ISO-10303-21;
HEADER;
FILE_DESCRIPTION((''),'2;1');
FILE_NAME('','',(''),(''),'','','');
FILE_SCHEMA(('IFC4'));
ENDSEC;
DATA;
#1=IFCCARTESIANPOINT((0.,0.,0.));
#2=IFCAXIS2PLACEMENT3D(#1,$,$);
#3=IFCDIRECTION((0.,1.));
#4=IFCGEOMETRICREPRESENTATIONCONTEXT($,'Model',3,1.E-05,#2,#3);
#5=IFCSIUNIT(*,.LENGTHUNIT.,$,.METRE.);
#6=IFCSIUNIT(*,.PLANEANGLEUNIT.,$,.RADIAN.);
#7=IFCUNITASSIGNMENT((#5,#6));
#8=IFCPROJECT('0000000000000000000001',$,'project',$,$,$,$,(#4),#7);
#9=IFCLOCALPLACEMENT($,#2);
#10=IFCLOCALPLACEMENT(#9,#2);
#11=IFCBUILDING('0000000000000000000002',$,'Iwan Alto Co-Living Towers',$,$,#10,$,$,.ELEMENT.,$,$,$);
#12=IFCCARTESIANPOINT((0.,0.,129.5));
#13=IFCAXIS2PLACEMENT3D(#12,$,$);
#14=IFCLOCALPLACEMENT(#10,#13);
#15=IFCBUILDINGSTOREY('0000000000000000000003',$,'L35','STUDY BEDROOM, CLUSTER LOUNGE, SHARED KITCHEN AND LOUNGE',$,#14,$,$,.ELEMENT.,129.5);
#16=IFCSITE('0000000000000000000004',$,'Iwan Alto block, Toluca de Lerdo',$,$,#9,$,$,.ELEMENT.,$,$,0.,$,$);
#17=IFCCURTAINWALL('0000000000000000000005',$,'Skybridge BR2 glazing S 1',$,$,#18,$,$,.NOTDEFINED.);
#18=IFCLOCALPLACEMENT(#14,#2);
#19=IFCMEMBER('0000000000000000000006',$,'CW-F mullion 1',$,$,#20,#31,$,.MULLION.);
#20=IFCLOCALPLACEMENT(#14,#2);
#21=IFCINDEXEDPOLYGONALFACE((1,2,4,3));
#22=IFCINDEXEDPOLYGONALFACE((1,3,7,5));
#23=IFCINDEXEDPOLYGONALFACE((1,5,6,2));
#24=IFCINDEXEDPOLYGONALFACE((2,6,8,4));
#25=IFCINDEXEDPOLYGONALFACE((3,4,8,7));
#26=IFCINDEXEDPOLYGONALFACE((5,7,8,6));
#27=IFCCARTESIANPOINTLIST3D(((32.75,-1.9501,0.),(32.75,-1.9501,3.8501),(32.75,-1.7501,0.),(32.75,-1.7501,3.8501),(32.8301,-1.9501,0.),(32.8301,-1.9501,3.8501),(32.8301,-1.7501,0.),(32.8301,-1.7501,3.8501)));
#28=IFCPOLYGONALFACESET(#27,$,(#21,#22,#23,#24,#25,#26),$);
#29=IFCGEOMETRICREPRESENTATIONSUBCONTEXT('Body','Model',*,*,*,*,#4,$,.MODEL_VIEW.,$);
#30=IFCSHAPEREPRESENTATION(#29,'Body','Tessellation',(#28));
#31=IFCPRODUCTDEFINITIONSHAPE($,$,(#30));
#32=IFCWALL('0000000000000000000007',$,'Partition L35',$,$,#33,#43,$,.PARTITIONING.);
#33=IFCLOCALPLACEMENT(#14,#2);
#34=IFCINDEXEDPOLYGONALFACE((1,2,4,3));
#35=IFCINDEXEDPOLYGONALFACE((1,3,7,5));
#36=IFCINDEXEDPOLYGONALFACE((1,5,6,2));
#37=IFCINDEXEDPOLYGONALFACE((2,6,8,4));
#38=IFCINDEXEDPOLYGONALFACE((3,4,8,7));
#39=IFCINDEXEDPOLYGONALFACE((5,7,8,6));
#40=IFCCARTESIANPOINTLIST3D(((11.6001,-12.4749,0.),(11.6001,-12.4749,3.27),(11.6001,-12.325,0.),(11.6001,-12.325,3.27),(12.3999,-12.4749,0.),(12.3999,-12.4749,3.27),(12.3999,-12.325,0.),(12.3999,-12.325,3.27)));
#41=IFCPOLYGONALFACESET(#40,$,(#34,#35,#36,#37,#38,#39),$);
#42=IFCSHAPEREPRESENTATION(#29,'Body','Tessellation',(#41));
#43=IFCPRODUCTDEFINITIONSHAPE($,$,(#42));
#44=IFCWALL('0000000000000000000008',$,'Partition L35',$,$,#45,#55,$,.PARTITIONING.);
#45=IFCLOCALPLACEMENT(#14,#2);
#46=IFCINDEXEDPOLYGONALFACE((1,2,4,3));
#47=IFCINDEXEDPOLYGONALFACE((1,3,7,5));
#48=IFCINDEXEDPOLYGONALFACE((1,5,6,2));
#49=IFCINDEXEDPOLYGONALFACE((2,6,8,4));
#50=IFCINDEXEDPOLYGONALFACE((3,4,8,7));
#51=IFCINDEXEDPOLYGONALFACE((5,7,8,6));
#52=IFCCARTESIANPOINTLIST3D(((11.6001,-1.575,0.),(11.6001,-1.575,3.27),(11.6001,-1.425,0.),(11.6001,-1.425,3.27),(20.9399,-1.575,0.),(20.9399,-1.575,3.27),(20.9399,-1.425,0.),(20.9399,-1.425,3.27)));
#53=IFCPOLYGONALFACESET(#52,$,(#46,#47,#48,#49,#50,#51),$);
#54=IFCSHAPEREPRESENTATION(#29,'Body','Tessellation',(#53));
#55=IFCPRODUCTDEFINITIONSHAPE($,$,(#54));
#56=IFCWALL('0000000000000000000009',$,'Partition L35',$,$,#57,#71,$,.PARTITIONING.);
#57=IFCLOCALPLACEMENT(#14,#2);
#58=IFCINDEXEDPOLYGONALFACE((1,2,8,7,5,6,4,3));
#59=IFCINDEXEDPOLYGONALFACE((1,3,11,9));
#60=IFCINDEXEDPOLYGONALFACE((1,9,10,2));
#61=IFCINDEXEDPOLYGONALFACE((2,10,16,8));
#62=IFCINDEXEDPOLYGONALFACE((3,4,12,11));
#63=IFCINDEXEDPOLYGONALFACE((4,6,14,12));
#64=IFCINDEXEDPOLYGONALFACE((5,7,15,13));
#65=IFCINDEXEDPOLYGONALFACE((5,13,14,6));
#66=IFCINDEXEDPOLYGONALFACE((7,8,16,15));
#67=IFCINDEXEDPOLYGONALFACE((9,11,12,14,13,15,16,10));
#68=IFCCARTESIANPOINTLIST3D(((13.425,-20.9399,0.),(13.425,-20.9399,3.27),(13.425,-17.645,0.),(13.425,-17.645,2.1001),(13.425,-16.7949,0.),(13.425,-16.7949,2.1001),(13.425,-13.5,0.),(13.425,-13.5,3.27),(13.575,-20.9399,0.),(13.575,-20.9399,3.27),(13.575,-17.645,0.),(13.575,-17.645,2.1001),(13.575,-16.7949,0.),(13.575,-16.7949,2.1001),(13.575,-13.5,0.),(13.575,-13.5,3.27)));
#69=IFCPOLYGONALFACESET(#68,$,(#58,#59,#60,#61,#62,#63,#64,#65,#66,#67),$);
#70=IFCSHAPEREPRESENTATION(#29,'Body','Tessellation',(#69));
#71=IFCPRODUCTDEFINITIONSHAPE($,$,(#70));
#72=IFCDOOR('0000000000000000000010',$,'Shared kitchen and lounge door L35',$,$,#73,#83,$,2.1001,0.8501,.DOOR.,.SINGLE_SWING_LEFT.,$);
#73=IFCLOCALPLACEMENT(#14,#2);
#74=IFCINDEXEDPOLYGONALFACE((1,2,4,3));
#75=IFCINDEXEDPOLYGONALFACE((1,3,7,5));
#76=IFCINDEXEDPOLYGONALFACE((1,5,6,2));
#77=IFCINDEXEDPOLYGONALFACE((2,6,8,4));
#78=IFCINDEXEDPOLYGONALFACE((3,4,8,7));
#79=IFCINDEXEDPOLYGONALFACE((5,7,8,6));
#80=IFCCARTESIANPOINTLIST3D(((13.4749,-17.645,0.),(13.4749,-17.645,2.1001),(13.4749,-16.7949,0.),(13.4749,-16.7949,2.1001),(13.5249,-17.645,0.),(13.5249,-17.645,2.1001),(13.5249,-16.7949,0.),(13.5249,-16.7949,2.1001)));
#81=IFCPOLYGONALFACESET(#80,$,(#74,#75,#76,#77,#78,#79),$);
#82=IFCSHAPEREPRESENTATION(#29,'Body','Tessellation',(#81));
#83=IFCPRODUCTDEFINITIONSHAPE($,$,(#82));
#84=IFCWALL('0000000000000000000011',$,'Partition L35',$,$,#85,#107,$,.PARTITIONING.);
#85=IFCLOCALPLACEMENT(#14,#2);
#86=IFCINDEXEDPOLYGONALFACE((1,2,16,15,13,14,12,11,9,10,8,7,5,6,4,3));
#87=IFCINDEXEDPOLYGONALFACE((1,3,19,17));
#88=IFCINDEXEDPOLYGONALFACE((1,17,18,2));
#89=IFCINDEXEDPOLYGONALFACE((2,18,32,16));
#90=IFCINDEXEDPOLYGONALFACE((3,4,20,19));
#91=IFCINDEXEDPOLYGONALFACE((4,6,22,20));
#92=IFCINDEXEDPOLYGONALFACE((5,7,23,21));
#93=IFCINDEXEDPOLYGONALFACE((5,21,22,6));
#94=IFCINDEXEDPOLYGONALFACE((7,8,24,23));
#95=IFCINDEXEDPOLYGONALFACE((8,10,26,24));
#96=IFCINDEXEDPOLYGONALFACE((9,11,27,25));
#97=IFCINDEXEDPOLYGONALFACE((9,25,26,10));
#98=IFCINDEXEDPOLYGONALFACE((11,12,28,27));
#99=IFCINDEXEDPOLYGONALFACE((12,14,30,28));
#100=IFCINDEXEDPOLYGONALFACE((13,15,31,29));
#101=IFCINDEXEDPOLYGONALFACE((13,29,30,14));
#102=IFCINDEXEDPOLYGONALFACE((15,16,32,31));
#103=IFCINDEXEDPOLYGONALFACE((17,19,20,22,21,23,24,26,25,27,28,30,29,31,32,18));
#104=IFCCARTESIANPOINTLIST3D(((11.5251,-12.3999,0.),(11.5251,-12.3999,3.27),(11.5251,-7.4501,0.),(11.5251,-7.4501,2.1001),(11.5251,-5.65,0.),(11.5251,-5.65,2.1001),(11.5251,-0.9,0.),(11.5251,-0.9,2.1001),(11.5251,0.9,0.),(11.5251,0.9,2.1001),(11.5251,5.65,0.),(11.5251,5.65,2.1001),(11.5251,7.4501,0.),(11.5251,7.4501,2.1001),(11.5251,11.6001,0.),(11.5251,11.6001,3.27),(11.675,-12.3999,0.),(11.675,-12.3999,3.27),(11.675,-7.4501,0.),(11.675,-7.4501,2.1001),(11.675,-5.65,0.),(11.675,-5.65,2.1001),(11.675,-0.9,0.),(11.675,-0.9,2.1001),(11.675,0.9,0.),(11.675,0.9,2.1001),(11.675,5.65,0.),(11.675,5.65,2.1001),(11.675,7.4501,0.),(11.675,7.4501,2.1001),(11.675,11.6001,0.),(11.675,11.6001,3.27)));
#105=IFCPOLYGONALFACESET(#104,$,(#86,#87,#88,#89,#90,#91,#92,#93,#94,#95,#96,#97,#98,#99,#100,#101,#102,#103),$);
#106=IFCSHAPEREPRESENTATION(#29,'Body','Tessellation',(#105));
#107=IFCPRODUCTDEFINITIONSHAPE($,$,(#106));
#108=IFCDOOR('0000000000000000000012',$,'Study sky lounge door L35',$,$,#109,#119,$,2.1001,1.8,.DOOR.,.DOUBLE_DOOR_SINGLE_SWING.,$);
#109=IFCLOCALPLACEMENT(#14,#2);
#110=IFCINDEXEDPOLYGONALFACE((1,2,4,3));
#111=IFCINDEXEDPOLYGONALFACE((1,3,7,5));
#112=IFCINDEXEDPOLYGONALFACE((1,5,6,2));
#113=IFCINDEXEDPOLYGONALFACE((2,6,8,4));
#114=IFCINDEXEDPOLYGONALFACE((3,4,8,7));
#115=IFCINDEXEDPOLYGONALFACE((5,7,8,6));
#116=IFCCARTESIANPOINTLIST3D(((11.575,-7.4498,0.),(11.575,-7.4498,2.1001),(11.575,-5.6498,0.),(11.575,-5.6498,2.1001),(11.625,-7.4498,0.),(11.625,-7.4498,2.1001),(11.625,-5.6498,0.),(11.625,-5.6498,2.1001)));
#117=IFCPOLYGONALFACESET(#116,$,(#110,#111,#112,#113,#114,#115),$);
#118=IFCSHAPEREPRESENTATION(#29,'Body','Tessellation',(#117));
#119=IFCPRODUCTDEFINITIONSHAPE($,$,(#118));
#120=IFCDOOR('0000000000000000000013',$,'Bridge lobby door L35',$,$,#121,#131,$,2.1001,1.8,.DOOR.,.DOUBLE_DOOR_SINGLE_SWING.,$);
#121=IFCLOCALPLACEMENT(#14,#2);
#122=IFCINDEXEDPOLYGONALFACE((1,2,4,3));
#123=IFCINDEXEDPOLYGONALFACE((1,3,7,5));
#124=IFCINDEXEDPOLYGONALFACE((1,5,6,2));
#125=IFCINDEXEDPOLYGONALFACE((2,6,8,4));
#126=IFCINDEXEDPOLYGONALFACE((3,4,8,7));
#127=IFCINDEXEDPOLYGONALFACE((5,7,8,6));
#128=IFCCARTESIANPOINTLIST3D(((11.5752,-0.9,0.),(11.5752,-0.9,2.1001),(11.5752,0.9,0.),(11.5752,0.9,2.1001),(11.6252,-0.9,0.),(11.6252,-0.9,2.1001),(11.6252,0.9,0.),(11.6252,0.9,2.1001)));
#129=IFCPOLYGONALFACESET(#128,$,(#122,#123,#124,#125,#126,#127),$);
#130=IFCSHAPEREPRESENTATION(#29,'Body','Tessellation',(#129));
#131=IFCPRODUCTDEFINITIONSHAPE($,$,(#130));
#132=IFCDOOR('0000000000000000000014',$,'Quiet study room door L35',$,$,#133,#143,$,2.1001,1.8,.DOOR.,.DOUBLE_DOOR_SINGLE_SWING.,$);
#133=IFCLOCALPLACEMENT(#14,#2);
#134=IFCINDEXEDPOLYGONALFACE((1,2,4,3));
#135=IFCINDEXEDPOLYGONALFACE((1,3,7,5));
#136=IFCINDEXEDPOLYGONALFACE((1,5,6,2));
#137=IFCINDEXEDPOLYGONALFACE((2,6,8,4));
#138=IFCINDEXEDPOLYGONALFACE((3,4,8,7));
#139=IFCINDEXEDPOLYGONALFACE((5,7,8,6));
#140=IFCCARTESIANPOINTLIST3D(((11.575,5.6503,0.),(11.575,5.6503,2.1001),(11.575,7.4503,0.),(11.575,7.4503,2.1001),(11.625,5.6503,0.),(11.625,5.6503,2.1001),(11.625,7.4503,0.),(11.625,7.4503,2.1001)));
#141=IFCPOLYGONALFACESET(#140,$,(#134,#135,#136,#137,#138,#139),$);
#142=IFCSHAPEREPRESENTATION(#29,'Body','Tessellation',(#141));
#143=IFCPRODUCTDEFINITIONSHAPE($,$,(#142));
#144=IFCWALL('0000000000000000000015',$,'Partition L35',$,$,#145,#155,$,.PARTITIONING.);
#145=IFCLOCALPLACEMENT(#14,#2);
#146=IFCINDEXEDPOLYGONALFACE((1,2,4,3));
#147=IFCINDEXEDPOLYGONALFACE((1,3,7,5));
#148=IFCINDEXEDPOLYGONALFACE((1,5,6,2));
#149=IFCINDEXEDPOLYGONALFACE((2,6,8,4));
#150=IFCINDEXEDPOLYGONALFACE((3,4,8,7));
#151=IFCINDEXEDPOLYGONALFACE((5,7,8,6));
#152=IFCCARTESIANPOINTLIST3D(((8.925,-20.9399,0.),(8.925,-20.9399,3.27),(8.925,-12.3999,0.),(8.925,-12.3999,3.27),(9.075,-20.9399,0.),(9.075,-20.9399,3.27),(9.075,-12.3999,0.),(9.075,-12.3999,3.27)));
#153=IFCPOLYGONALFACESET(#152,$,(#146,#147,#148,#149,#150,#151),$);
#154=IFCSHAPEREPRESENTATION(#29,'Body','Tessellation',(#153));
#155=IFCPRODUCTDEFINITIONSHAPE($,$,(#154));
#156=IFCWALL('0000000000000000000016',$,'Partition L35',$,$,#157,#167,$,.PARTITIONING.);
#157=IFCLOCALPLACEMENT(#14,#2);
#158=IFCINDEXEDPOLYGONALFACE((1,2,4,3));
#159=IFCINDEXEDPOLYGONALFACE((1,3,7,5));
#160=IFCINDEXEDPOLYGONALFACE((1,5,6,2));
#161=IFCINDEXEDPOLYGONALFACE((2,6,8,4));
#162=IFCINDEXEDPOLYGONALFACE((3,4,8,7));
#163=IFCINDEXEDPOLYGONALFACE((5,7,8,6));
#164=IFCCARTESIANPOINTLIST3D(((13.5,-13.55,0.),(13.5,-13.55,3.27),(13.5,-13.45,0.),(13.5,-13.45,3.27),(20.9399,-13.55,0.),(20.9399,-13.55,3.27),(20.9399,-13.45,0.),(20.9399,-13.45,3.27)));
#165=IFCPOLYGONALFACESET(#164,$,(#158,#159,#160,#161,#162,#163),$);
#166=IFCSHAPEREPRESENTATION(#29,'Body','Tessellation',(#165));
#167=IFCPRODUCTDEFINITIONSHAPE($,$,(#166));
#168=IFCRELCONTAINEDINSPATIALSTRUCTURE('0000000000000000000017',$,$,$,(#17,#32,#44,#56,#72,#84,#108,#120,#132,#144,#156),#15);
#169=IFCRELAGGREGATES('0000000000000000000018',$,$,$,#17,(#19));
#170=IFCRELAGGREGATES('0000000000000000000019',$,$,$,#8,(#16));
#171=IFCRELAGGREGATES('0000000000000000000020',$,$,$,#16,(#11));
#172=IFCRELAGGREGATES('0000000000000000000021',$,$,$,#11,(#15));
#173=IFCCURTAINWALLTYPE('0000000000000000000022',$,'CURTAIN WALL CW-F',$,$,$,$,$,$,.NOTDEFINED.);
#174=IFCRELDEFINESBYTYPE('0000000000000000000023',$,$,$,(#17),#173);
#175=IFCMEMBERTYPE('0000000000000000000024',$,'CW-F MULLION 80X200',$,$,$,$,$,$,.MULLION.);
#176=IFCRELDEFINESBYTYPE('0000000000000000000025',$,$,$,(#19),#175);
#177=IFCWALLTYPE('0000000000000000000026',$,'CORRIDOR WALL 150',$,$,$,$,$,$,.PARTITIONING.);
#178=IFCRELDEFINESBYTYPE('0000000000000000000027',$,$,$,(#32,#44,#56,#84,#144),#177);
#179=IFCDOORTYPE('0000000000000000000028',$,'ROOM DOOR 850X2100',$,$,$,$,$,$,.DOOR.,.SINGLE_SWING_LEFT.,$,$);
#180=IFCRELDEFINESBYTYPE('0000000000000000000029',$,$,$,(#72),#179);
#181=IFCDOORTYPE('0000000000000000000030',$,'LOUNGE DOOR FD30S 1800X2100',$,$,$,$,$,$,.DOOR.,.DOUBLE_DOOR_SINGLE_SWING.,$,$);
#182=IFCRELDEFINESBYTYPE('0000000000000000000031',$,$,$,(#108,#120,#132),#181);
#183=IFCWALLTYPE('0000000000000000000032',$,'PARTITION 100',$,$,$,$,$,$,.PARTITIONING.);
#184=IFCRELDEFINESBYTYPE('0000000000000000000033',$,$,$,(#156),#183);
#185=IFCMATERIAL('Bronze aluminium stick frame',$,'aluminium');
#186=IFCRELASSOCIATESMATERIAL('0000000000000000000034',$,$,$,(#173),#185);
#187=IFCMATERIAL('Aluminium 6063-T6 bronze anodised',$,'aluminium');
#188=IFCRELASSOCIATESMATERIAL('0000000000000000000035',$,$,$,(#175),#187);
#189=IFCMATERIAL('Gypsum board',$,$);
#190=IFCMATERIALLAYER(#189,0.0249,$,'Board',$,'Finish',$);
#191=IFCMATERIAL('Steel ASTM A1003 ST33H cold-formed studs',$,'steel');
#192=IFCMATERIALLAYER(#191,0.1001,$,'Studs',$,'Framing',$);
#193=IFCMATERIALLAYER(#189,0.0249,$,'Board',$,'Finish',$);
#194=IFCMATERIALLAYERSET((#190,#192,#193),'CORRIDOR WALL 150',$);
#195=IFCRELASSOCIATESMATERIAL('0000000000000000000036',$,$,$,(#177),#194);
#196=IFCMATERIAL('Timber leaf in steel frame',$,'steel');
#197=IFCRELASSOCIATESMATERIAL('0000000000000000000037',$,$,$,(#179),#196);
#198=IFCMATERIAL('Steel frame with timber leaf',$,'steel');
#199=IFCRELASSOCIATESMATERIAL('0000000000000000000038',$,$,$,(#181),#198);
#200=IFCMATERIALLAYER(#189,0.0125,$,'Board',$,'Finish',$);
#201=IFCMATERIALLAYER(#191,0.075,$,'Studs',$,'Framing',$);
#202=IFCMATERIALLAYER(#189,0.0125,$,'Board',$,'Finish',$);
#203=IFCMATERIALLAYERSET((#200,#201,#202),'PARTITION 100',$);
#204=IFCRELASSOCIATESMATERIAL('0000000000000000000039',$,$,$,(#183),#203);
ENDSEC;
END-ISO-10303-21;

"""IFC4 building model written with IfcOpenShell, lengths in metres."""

from ifc_helpers import new_model, si_unit, direction, frame, frame_2d, origin, origin_2d, place, context, subcontext, project, spatial, rectangle, extrude, material, layer, layer_set, material_profile, profile_set, type_object, element, fill, aggregate, save


model = new_model("IFC4")

# Units and contexts
model_context = context("Model", 3, precision=1e-05, world=origin(), true_north=direction((0.0, 1.0)))
body_context = subcontext(model_context, "Body", "Model", "MODEL_VIEW")
ifc_project = project(units=[si_unit("LENGTHUNIT", "METRE"), si_unit("PLANEANGLEUNIT", "RADIAN")], contexts=[model_context])

# Site, building, storey
site_placement = place(None, origin())
site = spatial("IfcSite", under=ifc_project, at=site_placement, Name="Iwan Alto block, Toluca de Lerdo", CompositionType="ELEMENT", RefElevation=0.0)
building_placement = place(site_placement, origin())
building = spatial("IfcBuilding", under=site, at=building_placement, Name="Iwan Alto Co-Living Towers", CompositionType="ELEMENT")
storey_placement = place(building_placement, frame((0.0, 0.0, 129.5)))
storey = spatial("IfcBuildingStorey", under=building, at=storey_placement, Name="L35", Description="STUDY BEDROOM, CLUSTER LOUNGE, SHARED KITCHEN AND LOUNGE", CompositionType="ELEMENT", Elevation=129.5)

# Curtain wall, member
ifc_material_1 = material(Name="Bronze aluminium stick frame", Category="aluminium")
curtain_wall_type = type_object("IfcCurtainWallType", Name="CURTAIN WALL CW-F", PredefinedType="NOTDEFINED", material=ifc_material_1)
curtain_wall_placement = place(storey_placement, origin())
curtain_wall = element("IfcCurtainWall", 1, at=curtain_wall_placement, inside=storey, type_object=curtain_wall_type, Name="Skybridge BR2 glazing S 1", PredefinedType="NOTDEFINED")
ifc_material_2 = material(Name="Aluminium 6063-T6 bronze anodised", Category="aluminium")
ifc_material_profile = material_profile(ifc_material_2, rectangle(XDim=0.2, YDim=0.0801, at=origin_2d()), Name="AL 80X200")
ifc_profile_set = profile_set([ifc_material_profile], Name="Aluminium 6063-T6 bronze anodised")
member_type = type_object("IfcMemberType", Name="CW-F MULLION 80X200", PredefinedType="MULLION", material=ifc_profile_set)
member_placement = place(storey_placement, frame((32.79, -1.8501, 0.0), z_axis=(0.0, 0.0, 1.0), x_axis=(0.0, 1.0, 0.0)))
member = element("IfcMember", 2, at=member_placement, type_object=member_type, Name="CW-F mullion 1", PredefinedType="MULLION", context=body_context, shape_type="SweptSolid", body=[
    extrude(rectangle(XDim=0.2, YDim=0.0801, at=origin_2d()), origin(), (0.0, 0.0, 1.0), 3.8501),
])
aggregate(curtain_wall, [member])

# Walls
ifc_material_3 = material(Name="Gypsum board")
ifc_layer_1 = layer(ifc_material_3, 0.0249, Name="Board", Category="Finish")
ifc_material_4 = material(Name="Steel ASTM A1003 ST33H cold-formed studs", Category="steel")
ifc_layer_2 = layer(ifc_material_4, 0.1001, Name="Studs", Category="Framing")
ifc_layer_3 = layer(ifc_material_3, 0.0249, Name="Board", Category="Finish")
ifc_layer_set_1 = layer_set([ifc_layer_1, ifc_layer_2, ifc_layer_3], Name="CORRIDOR WALL 150")
wall_type_1 = type_object("IfcWallType", Name="CORRIDOR WALL 150", PredefinedType="PARTITIONING", material=ifc_layer_set_1)
wall_1_placement = place(storey_placement, frame((11.6001, -12.3999, 0.0), z_axis=(0.0, 0.0, 1.0), x_axis=(1.0, 0.0, 0.0)))
element("IfcWall", 3, at=wall_1_placement, inside=storey, type_object=wall_type_1, Name="Partition L35", PredefinedType="PARTITIONING", context=body_context, shape_type="SweptSolid", body=[
    extrude(rectangle(XDim=0.7998, YDim=0.1499, at=frame_2d((0.3999, 0.0))), origin(), (0.0, 0.0, 1.0), 3.27),
])
wall_2_placement = place(storey_placement, frame((11.6001, -1.5, 0.0), z_axis=(0.0, 0.0, 1.0), x_axis=(1.0, 0.0, 0.0)))
element("IfcWall", 4, at=wall_2_placement, inside=storey, type_object=wall_type_1, Name="Partition L35", PredefinedType="PARTITIONING", context=body_context, shape_type="SweptSolid", body=[
    extrude(rectangle(XDim=9.3398, YDim=0.1499, at=frame_2d((4.6699, 0.0))), origin(), (0.0, 0.0, 1.0), 3.27),
])

# Wall, opening, door
wall_3_placement = place(storey_placement, frame((13.5, -20.9399, 0.0), z_axis=(0.0, 0.0, 1.0), x_axis=(0.0, 1.0, 0.0)))
wall_3 = element("IfcWall", 5, at=wall_3_placement, inside=storey, type_object=wall_type_1, Name="Partition L35", PredefinedType="PARTITIONING", context=body_context, shape_type="SweptSolid", body=[
    extrude(rectangle(XDim=7.4399, YDim=0.1499, at=frame_2d((3.72, 0.0))), origin(), (0.0, 0.0, 1.0), 3.27),
])
opening_1_placement = place(wall_3_placement, frame((3.2949, 0.0, 0.0)))
opening_1 = element("IfcOpeningElement", 6, at=opening_1_placement, cuts=wall_3, PredefinedType="OPENING", context=body_context, shape_type="SweptSolid", body=[
    extrude(rectangle(XDim=0.8501, YDim=2.1001, at=frame_2d((0.425, 1.05))), frame((0.0, 0.085, 0.0), z_axis=(0.0, -1.0, 0.0), x_axis=(1.0, 0.0, 0.0)), (0.0, 0.0, 1.0), 0.1699),
])
ifc_material_5 = material(Name="Timber leaf in steel frame", Category="steel")
door_type_1 = type_object("IfcDoorType", Name="ROOM DOOR 850X2100", OperationType="SINGLE_SWING_LEFT", PredefinedType="DOOR", material=ifc_material_5)
door_1_placement = place(opening_1_placement, frame((0.8501, 0.0, 0.0), z_axis=(0.0, 0.0, 1.0), x_axis=(-1.0, 0.0, 0.0)))
door_1 = element("IfcDoor", 7, at=door_1_placement, inside=storey, type_object=door_type_1, Name="Shared kitchen and lounge door L35", OperationType="SINGLE_SWING_LEFT", OverallHeight=2.1001, OverallWidth=0.8501, PredefinedType="DOOR", context=body_context, shape_type="SweptSolid", body=[
    extrude(rectangle(XDim=0.8501, YDim=2.1001, at=frame_2d((0.425, 1.05))), frame((0.0, 0.0249, 0.0), z_axis=(0.0, -1.0, 0.0), x_axis=(1.0, 0.0, 0.0)), (0.0, 0.0, 1.0), 0.05),
])
fill(opening_1, door_1)

# Wall, openings, doors
wall_4_placement = place(storey_placement, frame((11.6001, -12.3999, 0.0), z_axis=(0.0, 0.0, 1.0), x_axis=(0.0, 1.0, 0.0)))
wall_4 = element("IfcWall", 8, at=wall_4_placement, inside=storey, type_object=wall_type_1, Name="Partition L35", PredefinedType="PARTITIONING", context=body_context, shape_type="SweptSolid", body=[
    extrude(rectangle(XDim=24.0, YDim=0.1499, at=frame_2d((12.0, 0.0))), origin(), (0.0, 0.0, 1.0), 3.27),
])
opening_2_placement = place(wall_4_placement, frame((4.95, 0.0, 0.0)))
opening_2 = element("IfcOpeningElement", 9, at=opening_2_placement, cuts=wall_4, PredefinedType="OPENING", context=body_context, shape_type="SweptSolid", body=[
    extrude(rectangle(XDim=1.8, YDim=2.1001, at=frame_2d((0.8999, 1.05))), frame((0.0, 0.085, 0.0), z_axis=(0.0, -1.0, 0.0), x_axis=(1.0, 0.0, 0.0)), (0.0, 0.0, 1.0), 0.1699),
])
opening_3_placement = place(wall_4_placement, frame((11.5, 0.0, 0.0)))
opening_3 = element("IfcOpeningElement", 10, at=opening_3_placement, cuts=wall_4, PredefinedType="OPENING", context=body_context, shape_type="SweptSolid", body=[
    extrude(rectangle(XDim=1.8, YDim=2.1001, at=frame_2d((0.8999, 1.05))), frame((0.0, 0.085, 0.0), z_axis=(0.0, -1.0, 0.0), x_axis=(1.0, 0.0, 0.0)), (0.0, 0.0, 1.0), 0.1699),
])
opening_4_placement = place(wall_4_placement, frame((18.05, 0.0, 0.0)))
opening_4 = element("IfcOpeningElement", 11, at=opening_4_placement, cuts=wall_4, PredefinedType="OPENING", context=body_context, shape_type="SweptSolid", body=[
    extrude(rectangle(XDim=1.8, YDim=2.1001, at=frame_2d((0.8999, 1.05))), frame((0.0, 0.085, 0.0), z_axis=(0.0, -1.0, 0.0), x_axis=(1.0, 0.0, 0.0)), (0.0, 0.0, 1.0), 0.1699),
])
ifc_material_6 = material(Name="Steel frame with timber leaf", Category="steel")
door_type_2 = type_object("IfcDoorType", Name="LOUNGE DOOR FD30S 1800X2100", OperationType="DOUBLE_DOOR_SINGLE_SWING", PredefinedType="DOOR", material=ifc_material_6)
door_2_placement = place(opening_2_placement, frame((1.8, 0.0, 0.0), z_axis=(0.0, 0.0, 1.0), x_axis=(-1.0, 0.0, 0.0)))
door_2 = element("IfcDoor", 12, at=door_2_placement, inside=storey, type_object=door_type_2, Name="Study sky lounge door L35", OperationType="DOUBLE_DOOR_SINGLE_SWING", OverallHeight=2.1001, OverallWidth=1.8, PredefinedType="DOOR", context=body_context, shape_type="SweptSolid", body=[
    extrude(rectangle(XDim=1.8, YDim=2.1001, at=frame_2d((0.8999, 1.05))), frame((0.0, 0.0249, 0.0), z_axis=(0.0, -1.0, 0.0), x_axis=(1.0, 0.0, 0.0)), (0.0, 0.0, 1.0), 0.05),
])
fill(opening_2, door_2)
door_3_placement = place(opening_3_placement, origin())
door_3 = element("IfcDoor", 13, at=door_3_placement, inside=storey, type_object=door_type_2, Name="Bridge lobby door L35", OperationType="DOUBLE_DOOR_SINGLE_SWING", OverallHeight=2.1001, OverallWidth=1.8, PredefinedType="DOOR", context=body_context, shape_type="SweptSolid", body=[
    extrude(rectangle(XDim=1.8, YDim=2.1001, at=frame_2d((0.8999, 1.05))), frame((0.0, 0.0249, 0.0), z_axis=(0.0, -1.0, 0.0), x_axis=(1.0, 0.0, 0.0)), (0.0, 0.0, 1.0), 0.05),
])
fill(opening_3, door_3)
door_4_placement = place(opening_4_placement, frame((1.8, 0.0, 0.0), z_axis=(0.0, 0.0, 1.0), x_axis=(-1.0, 0.0, 0.0)))
door_4 = element("IfcDoor", 14, at=door_4_placement, inside=storey, type_object=door_type_2, Name="Quiet study room door L35", OperationType="DOUBLE_DOOR_SINGLE_SWING", OverallHeight=2.1001, OverallWidth=1.8, PredefinedType="DOOR", context=body_context, shape_type="SweptSolid", body=[
    extrude(rectangle(XDim=1.8, YDim=2.1001, at=frame_2d((0.8999, 1.05))), frame((0.0, 0.0249, 0.0), z_axis=(0.0, -1.0, 0.0), x_axis=(1.0, 0.0, 0.0)), (0.0, 0.0, 1.0), 0.05),
])
fill(opening_4, door_4)

# Walls
wall_5_placement = place(storey_placement, frame((9.0, -20.9399, 0.0), z_axis=(0.0, 0.0, 1.0), x_axis=(0.0, 1.0, 0.0)))
element("IfcWall", 15, at=wall_5_placement, inside=storey, type_object=wall_type_1, Name="Partition L35", PredefinedType="PARTITIONING", context=body_context, shape_type="SweptSolid", body=[
    extrude(rectangle(XDim=8.54, YDim=0.1499, at=frame_2d((4.27, 0.0))), origin(), (0.0, 0.0, 1.0), 3.27),
])
ifc_layer_4 = layer(ifc_material_3, 0.0125, Name="Board", Category="Finish")
ifc_layer_5 = layer(ifc_material_4, 0.075, Name="Studs", Category="Framing")
ifc_layer_6 = layer(ifc_material_3, 0.0125, Name="Board", Category="Finish")
ifc_layer_set_2 = layer_set([ifc_layer_4, ifc_layer_5, ifc_layer_6], Name="PARTITION 100")
wall_type_2 = type_object("IfcWallType", Name="PARTITION 100", PredefinedType="PARTITIONING", material=ifc_layer_set_2)
wall_6_placement = place(storey_placement, frame((13.5, -13.5, 0.0), z_axis=(0.0, 0.0, 1.0), x_axis=(1.0, 0.0, 0.0)))
element("IfcWall", 16, at=wall_6_placement, inside=storey, type_object=wall_type_2, Name="Partition L35", PredefinedType="PARTITIONING", context=body_context, shape_type="SweptSolid", body=[
    extrude(rectangle(XDim=7.4399, YDim=0.1001, at=frame_2d((3.72, 0.0))), origin(), (0.0, 0.0, 1.0), 3.27),
])

save(model, "model.ifc")
